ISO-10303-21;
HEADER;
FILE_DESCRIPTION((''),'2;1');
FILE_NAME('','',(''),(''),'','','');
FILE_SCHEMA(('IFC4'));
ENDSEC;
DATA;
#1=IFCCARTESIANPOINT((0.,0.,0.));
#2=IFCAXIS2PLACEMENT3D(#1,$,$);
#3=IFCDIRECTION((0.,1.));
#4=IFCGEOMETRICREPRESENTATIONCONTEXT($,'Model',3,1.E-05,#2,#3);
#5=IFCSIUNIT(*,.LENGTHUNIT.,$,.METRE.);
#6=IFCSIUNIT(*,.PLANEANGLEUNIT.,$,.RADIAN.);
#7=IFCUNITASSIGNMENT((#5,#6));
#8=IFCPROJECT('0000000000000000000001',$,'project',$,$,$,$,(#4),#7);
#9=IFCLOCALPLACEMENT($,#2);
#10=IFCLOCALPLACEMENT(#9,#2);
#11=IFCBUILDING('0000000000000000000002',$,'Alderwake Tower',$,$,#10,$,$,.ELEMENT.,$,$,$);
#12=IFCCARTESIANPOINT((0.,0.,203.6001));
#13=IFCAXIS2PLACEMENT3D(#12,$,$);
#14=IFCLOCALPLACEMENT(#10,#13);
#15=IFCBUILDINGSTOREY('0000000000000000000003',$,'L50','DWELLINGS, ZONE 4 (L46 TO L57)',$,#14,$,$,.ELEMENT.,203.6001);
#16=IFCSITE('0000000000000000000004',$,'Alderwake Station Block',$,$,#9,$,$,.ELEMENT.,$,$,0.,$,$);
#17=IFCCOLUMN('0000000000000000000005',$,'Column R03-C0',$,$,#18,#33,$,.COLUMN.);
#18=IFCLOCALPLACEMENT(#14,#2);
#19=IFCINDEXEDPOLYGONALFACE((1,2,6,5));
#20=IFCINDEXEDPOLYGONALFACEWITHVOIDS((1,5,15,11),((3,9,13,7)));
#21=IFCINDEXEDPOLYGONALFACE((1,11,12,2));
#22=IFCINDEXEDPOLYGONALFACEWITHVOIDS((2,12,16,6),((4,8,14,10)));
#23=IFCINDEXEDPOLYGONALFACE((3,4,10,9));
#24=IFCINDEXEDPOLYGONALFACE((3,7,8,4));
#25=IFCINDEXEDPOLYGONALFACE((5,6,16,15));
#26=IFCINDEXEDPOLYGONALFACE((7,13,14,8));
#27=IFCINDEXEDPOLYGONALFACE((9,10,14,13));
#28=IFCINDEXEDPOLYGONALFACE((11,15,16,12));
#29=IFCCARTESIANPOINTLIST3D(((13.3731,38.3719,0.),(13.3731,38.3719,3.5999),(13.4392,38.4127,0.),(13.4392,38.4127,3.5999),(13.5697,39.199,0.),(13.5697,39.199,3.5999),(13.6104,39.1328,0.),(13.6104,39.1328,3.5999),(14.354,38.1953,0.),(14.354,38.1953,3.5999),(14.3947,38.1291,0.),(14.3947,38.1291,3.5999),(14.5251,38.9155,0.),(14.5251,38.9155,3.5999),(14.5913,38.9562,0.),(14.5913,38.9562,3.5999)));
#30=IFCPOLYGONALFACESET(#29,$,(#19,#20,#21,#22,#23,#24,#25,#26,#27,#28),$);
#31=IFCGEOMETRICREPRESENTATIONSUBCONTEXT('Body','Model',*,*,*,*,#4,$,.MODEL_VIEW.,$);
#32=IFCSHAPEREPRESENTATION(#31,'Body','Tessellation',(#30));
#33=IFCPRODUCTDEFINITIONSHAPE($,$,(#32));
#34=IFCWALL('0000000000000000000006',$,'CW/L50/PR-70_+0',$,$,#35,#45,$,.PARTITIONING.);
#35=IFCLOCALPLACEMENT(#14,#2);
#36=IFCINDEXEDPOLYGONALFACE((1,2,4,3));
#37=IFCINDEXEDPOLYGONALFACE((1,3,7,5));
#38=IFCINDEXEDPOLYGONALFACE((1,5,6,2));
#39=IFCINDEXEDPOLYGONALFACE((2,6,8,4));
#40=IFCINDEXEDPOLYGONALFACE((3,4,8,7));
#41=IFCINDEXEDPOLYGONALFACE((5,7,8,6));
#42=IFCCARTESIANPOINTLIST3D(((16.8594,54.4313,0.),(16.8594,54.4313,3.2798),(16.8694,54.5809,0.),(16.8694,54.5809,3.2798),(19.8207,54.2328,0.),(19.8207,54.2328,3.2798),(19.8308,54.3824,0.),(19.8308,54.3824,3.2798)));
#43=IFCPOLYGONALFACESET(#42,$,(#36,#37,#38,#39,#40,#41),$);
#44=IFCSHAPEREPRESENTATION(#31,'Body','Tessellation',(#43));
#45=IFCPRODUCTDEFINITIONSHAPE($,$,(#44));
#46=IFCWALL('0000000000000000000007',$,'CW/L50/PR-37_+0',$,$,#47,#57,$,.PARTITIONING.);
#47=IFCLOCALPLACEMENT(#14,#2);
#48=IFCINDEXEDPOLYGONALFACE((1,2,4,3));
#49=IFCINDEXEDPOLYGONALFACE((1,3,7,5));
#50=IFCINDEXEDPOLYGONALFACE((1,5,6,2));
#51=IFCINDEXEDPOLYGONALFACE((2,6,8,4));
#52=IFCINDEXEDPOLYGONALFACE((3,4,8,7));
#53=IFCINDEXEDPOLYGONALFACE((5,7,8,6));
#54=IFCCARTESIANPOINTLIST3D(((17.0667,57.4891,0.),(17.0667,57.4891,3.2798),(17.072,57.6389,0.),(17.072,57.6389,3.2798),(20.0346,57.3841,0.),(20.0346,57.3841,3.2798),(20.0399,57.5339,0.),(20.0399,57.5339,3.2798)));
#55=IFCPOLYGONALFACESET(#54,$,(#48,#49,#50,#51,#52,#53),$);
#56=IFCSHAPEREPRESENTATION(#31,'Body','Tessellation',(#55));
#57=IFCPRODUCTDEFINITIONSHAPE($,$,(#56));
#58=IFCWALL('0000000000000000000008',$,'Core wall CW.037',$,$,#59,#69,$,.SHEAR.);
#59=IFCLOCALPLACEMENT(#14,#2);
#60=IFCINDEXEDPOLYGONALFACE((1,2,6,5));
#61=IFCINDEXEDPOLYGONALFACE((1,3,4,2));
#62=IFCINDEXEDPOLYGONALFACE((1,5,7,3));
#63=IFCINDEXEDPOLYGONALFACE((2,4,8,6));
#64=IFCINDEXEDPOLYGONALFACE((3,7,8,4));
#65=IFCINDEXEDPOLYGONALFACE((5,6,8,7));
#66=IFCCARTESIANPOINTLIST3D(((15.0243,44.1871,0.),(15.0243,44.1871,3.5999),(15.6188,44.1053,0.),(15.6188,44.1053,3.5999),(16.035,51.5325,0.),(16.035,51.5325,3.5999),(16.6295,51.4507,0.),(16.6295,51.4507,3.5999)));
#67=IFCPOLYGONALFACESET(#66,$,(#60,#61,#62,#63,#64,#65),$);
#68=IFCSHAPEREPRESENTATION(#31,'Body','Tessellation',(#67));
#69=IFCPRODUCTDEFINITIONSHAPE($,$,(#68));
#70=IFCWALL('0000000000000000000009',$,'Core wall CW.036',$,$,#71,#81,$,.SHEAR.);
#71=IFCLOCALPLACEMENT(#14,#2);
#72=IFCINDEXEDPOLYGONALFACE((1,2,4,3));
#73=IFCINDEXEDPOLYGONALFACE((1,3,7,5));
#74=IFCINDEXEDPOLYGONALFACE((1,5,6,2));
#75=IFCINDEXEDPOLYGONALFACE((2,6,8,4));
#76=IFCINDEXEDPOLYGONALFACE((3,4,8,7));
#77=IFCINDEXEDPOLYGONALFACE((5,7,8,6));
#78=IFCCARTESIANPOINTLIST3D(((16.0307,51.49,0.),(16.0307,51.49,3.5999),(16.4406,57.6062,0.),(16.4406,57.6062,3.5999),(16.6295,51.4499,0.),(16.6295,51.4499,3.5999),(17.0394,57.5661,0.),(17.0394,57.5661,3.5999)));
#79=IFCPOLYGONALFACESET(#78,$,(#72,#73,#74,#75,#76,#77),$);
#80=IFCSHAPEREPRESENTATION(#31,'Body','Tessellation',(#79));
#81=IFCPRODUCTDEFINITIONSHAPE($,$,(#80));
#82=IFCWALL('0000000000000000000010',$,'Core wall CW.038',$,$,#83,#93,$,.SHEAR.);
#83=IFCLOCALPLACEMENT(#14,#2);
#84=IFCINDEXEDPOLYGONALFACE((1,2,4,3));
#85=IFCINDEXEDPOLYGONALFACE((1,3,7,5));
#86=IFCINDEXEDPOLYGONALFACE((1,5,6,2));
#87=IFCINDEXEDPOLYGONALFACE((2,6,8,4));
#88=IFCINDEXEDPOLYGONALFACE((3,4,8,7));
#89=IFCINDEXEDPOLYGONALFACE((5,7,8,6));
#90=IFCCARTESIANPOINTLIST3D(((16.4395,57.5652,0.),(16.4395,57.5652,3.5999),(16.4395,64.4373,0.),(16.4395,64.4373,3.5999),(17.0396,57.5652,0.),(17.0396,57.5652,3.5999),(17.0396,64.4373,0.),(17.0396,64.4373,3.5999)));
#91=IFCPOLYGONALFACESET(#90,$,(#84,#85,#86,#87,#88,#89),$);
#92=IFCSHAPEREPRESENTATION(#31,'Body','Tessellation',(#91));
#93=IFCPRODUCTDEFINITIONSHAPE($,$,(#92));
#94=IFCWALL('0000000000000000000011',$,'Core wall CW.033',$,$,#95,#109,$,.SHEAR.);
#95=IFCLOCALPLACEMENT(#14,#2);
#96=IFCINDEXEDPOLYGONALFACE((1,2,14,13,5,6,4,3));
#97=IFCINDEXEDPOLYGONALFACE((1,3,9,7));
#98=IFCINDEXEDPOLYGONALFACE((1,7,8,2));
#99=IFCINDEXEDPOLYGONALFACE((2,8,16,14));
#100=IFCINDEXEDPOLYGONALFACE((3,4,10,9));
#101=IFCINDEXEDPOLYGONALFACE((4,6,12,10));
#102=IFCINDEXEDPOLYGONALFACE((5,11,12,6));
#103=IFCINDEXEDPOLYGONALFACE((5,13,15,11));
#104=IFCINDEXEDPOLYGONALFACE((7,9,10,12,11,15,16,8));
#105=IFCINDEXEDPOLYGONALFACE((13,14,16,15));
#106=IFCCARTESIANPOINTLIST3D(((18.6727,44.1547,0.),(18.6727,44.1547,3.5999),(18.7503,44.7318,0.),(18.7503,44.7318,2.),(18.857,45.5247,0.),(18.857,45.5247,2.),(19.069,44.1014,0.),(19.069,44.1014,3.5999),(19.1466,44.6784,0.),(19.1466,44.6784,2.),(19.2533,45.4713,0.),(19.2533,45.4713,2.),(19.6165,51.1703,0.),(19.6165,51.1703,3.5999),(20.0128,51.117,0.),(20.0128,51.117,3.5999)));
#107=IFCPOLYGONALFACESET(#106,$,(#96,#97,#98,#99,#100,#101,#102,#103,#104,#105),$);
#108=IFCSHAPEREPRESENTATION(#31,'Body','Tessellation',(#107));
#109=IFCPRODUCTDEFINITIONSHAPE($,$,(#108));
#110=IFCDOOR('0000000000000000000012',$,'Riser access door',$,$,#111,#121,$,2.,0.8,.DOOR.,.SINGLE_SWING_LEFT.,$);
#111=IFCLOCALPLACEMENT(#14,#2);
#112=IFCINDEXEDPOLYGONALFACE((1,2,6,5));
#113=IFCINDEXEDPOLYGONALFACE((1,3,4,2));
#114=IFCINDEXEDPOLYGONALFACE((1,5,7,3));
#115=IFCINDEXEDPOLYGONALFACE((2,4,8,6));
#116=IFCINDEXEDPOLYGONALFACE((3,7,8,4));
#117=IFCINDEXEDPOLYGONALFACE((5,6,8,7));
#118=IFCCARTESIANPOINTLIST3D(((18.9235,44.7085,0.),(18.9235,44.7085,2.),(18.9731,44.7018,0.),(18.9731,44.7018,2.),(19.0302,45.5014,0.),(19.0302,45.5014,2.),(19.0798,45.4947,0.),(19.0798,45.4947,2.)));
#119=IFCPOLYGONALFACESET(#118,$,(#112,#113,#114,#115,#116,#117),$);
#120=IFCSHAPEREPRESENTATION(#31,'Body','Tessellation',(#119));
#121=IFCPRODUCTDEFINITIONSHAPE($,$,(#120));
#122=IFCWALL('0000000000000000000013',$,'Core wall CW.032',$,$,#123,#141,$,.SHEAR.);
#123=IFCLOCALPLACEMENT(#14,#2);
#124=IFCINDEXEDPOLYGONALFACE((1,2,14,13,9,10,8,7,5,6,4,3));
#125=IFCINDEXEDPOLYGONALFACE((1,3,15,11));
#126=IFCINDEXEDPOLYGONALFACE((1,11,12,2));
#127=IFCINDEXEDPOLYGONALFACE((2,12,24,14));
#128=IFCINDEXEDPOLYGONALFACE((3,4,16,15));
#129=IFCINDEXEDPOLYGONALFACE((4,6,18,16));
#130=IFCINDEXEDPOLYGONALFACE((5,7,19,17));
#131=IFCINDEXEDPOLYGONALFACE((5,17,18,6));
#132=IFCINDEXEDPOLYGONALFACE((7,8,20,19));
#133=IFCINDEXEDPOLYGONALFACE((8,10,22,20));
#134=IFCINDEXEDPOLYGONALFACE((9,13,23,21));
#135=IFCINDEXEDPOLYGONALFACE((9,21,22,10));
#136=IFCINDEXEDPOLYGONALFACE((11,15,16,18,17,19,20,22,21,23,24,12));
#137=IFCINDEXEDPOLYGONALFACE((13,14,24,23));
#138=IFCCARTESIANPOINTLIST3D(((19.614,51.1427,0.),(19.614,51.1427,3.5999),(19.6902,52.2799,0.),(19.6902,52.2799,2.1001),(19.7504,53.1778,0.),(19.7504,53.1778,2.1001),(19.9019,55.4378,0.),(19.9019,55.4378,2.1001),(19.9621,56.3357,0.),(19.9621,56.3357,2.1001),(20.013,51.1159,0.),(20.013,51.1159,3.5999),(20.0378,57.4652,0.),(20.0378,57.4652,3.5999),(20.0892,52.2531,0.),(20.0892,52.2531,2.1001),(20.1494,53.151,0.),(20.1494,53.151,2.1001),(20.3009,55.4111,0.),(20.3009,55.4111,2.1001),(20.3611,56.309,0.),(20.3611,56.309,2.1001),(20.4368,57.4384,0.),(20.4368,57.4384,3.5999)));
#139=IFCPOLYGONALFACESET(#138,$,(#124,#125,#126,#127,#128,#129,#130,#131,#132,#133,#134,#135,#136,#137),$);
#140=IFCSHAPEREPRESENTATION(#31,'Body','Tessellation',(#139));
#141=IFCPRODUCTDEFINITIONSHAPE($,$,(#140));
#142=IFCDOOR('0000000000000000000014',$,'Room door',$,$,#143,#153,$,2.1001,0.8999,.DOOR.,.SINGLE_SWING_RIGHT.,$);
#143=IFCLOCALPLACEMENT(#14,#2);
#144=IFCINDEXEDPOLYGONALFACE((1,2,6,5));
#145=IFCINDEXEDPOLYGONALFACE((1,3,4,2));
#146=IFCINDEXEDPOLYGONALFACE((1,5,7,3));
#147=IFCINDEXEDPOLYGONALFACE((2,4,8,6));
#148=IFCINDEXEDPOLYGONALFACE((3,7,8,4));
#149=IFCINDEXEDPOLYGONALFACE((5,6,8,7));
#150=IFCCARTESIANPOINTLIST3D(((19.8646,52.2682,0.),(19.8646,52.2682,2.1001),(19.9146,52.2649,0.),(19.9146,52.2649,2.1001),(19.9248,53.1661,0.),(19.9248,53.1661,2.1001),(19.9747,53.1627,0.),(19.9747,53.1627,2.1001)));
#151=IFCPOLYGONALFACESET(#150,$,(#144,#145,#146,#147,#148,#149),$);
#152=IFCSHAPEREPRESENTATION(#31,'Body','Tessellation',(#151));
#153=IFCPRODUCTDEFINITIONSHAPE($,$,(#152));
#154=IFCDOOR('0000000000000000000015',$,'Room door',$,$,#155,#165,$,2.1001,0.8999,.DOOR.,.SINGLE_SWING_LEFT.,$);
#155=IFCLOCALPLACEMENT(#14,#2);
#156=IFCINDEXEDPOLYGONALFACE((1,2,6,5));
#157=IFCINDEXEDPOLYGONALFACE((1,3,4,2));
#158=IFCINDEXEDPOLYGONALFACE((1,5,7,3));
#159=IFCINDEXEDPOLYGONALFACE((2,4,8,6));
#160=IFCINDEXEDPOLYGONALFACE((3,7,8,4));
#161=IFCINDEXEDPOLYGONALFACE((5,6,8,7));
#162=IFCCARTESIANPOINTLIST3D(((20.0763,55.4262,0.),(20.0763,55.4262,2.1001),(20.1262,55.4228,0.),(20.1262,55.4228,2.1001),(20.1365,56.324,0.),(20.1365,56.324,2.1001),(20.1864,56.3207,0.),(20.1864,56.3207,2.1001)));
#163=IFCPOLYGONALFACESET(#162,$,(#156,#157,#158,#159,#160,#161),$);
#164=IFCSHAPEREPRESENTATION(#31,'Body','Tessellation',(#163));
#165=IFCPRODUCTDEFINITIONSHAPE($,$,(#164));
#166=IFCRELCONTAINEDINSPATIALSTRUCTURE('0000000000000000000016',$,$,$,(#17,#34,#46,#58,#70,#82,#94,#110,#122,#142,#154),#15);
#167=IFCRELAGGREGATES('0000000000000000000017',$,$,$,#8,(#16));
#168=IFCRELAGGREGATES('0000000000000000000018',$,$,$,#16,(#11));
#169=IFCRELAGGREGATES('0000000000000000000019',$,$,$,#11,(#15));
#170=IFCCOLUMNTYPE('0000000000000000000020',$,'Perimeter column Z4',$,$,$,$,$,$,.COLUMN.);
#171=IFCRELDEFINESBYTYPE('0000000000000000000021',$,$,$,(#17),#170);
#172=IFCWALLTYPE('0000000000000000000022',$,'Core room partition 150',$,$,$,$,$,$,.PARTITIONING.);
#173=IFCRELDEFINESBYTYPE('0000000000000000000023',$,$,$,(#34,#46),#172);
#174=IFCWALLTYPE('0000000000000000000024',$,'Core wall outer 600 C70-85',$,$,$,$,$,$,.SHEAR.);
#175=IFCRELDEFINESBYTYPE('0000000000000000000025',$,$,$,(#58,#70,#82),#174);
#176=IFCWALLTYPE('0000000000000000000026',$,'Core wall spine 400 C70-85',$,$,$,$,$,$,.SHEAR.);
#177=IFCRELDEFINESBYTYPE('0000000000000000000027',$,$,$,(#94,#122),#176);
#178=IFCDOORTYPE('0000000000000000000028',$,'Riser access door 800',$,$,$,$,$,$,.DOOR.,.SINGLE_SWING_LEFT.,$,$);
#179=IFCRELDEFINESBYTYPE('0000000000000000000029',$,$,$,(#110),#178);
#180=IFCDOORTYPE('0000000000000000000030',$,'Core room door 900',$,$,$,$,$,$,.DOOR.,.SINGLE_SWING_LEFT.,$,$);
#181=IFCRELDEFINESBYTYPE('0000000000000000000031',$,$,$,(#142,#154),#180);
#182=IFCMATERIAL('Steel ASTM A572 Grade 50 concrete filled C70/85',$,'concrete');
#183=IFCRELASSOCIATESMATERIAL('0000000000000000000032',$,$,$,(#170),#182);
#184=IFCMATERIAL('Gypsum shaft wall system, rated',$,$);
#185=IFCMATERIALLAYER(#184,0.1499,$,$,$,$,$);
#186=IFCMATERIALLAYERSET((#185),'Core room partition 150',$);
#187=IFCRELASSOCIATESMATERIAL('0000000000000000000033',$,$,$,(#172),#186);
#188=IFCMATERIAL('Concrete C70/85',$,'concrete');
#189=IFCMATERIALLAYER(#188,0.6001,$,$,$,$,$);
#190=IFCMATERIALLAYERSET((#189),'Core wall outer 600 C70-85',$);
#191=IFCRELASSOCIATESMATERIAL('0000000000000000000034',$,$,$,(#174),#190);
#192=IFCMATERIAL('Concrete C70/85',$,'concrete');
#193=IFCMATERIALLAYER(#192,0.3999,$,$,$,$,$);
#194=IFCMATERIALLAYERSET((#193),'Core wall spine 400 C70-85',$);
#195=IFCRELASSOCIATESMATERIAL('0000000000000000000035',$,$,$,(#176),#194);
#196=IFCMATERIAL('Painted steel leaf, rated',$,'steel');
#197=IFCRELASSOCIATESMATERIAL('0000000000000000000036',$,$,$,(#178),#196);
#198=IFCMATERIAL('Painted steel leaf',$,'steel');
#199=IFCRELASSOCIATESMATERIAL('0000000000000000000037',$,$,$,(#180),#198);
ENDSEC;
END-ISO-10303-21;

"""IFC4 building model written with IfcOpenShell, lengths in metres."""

from ifc_helpers import new_model, si_unit, direction, frame, frame_2d, origin, origin_2d, place, context, subcontext, project, spatial, rectangle, hollow_rectangle, extrude, material, layer, layer_set, material_profile, profile_set, type_object, element, fill, save


model = new_model("IFC4")

# Units and contexts
model_context = context("Model", 3, precision=1e-05, world=origin(), true_north=direction((0.0, 1.0)))
body_context = subcontext(model_context, "Body", "Model", "MODEL_VIEW")
ifc_project = project(units=[si_unit("LENGTHUNIT", "METRE"), si_unit("PLANEANGLEUNIT", "RADIAN")], contexts=[model_context])

# Site, building, storey
site_placement = place(None, origin())
site = spatial("IfcSite", under=ifc_project, at=site_placement, Name="Alderwake Station Block", CompositionType="ELEMENT", RefElevation=0.0)
building_placement = place(site_placement, origin())
building = spatial("IfcBuilding", under=site, at=building_placement, Name="Alderwake Tower", CompositionType="ELEMENT")
storey_placement = place(building_placement, frame((0.0, 0.0, 203.6001)))
storey = spatial("IfcBuildingStorey", under=building, at=storey_placement, Name="L50", Description="DWELLINGS, ZONE 4 (L46 TO L57)", CompositionType="ELEMENT", Elevation=203.6001)

# Column
ifc_material_1 = material(Name="Steel ASTM A572 Grade 50 concrete filled C70/85", Category="concrete")
ifc_material_profile = material_profile(ifc_material_1, hollow_rectangle(XDim=0.8501, YDim=1.05, WallThickness=0.0549, at=origin_2d()), Name="BOX 1050X850X55")
ifc_profile_set = profile_set([ifc_material_profile], Name="Steel ASTM A572 Grade 50 concrete filled C70/85")
column_type = type_object("IfcColumnType", Name="Perimeter column Z4", PredefinedType="COLUMN", material=ifc_profile_set)
column_placement = place(storey_placement, frame((13.9822, 38.6641, 0.0), z_axis=(0.0, 0.0, 1.0), x_axis=(0.231222, 0.972901, 0.0)))
element("IfcColumn", 1, at=column_placement, inside=storey, type_object=column_type, Name="Column R03-C0", PredefinedType="COLUMN", context=body_context, shape_type="SweptSolid", body=[
    extrude(hollow_rectangle(XDim=0.8501, YDim=1.05, WallThickness=0.0549, at=origin_2d()), origin(), (0.0, 0.0, 1.0), 3.5999),
])

# Walls
ifc_material_2 = material(Name="Gypsum shaft wall system, rated")
ifc_layer_1 = layer(ifc_material_2, 0.1499)
ifc_layer_set_1 = layer_set([ifc_layer_1], Name="Core room partition 150")
wall_type_1 = type_object("IfcWallType", Name="Core room partition 150", PredefinedType="PARTITIONING", material=ifc_layer_set_1)
wall_1_placement = place(storey_placement, frame((16.8645, 54.5061, 0.0), z_axis=(0.0, 0.0, 1.0), x_axis=(0.997761, -0.066874, 0.0)))
element("IfcWall", 2, at=wall_1_placement, inside=storey, type_object=wall_type_1, Name="CW/L50/PR-70_+0", PredefinedType="PARTITIONING", context=body_context, shape_type="SweptSolid", body=[
    extrude(rectangle(XDim=2.968, YDim=0.1499, at=frame_2d((1.4839, 0.0))), origin(), (0.0, 0.0, 1.0), 3.2798),
])
wall_2_placement = place(storey_placement, frame((17.0693, 57.564, 0.0), z_axis=(0.0, 0.0, 1.0), x_axis=(0.999375, -0.035351, 0.0)))
element("IfcWall", 3, at=wall_2_placement, inside=storey, type_object=wall_type_1, Name="CW/L50/PR-37_+0", PredefinedType="PARTITIONING", context=body_context, shape_type="SweptSolid", body=[
    extrude(rectangle(XDim=2.9697, YDim=0.1499, at=frame_2d((1.4849, 0.0))), origin(), (0.0, 0.0, 1.0), 3.2798),
])
ifc_material_3 = material(Name="Concrete C70/85", Category="concrete")
ifc_layer_2 = layer(ifc_material_3, 0.6001)
ifc_layer_set_2 = layer_set([ifc_layer_2], Name="Core wall outer 600 C70-85")
wall_type_2 = type_object("IfcWallType", Name="Core wall outer 600 C70-85", PredefinedType="SHEAR", material=ifc_layer_set_2)
wall_3_placement = place(storey_placement, frame((15.3215, 44.1462, 0.0), z_axis=(0.0, 0.0, 1.0), x_axis=(0.136316, 0.990665, 0.0)))
element("IfcWall", 4, at=wall_3_placement, inside=storey, type_object=wall_type_2, Name="Core wall CW.037", PredefinedType="SHEAR", context=body_context, shape_type="SweptSolid", body=[
    extrude(rectangle(XDim=7.4146, YDim=0.6001, at=frame_2d((3.7073, 0.0))), origin(), (0.0, 0.0, 1.0), 3.5999),
])
wall_4_placement = place(storey_placement, frame((16.3301, 51.47, 0.0), z_axis=(0.0, 0.0, 1.0), x_axis=(0.066871, 0.997762, 0.0)))
element("IfcWall", 5, at=wall_4_placement, inside=storey, type_object=wall_type_2, Name="Core wall CW.036", PredefinedType="SHEAR", context=body_context, shape_type="SweptSolid", body=[
    extrude(rectangle(XDim=6.1299, YDim=0.6001, at=frame_2d((3.0649, 0.0))), origin(), (0.0, 0.0, 1.0), 3.5999),
])
wall_5_placement = place(storey_placement, frame((16.7395, 57.5652, 0.0), z_axis=(0.0, 0.0, 1.0), x_axis=(0.0, 1.0, 0.0)))
element("IfcWall", 6, at=wall_5_placement, inside=storey, type_object=wall_type_2, Name="Core wall CW.038", PredefinedType="SHEAR", context=body_context, shape_type="SweptSolid", body=[
    extrude(rectangle(XDim=6.8721, YDim=0.6001, at=frame_2d((3.436, 0.0))), origin(), (0.0, 0.0, 1.0), 3.5999),
])

# Wall, opening, door
ifc_material_4 = material(Name="Concrete C70/85", Category="concrete")
ifc_layer_3 = layer(ifc_material_4, 0.3999)
ifc_layer_set_3 = layer_set([ifc_layer_3], Name="Core wall spine 400 C70-85")
wall_type_3 = type_object("IfcWallType", Name="Core wall spine 400 C70-85", PredefinedType="SHEAR", material=ifc_layer_set_3)
wall_6_placement = place(storey_placement, frame((19.8147, 51.1438, 0.0), z_axis=(0.0, 0.0, 1.0), x_axis=(-0.133334, -0.991071, 0.0)))
wall_6 = element("IfcWall", 7, at=wall_6_placement, inside=storey, type_object=wall_type_3, Name="Core wall CW.033", PredefinedType="SHEAR", context=body_context, shape_type="SweptSolid", body=[
    extrude(rectangle(XDim=7.0789, YDim=0.3999, at=frame_2d((3.5396, 0.0))), origin(), (0.0, 0.0, 1.0), 3.5999),
])
opening_1_placement = place(wall_6_placement, frame((5.6968, 0.0, 0.0)))
opening_1 = element("IfcOpeningElement", 8, at=opening_1_placement, cuts=wall_6, PredefinedType="OPENING", context=body_context, shape_type="SweptSolid", body=[
    extrude(rectangle(XDim=0.8, YDim=2.0, at=frame_2d((0.3999, 1.0))), frame((0.0, 0.21, 0.0), z_axis=(0.0, -1.0, 0.0), x_axis=(1.0, 0.0, 0.0)), (0.0, 0.0, 1.0), 0.4199),
])
ifc_material_5 = material(Name="Painted steel leaf, rated", Category="steel")
door_type_1 = type_object("IfcDoorType", Name="Riser access door 800", OperationType="SINGLE_SWING_LEFT", PredefinedType="DOOR", material=ifc_material_5)
door_1_placement = place(opening_1_placement, origin())
door_1 = element("IfcDoor", 9, at=door_1_placement, inside=storey, type_object=door_type_1, Name="Riser access door", OperationType="SINGLE_SWING_LEFT", OverallHeight=2.0, OverallWidth=0.8, PredefinedType="DOOR", context=body_context, shape_type="SweptSolid", body=[
    extrude(rectangle(XDim=0.8, YDim=2.0, at=frame_2d((0.3999, 1.0))), frame((0.0, 0.0249, 0.0), z_axis=(0.0, -1.0, 0.0), x_axis=(1.0, 0.0, 0.0)), (0.0, 0.0, 1.0), 0.05),
])
fill(opening_1, door_1)

# Wall, openings, doors
wall_7_placement = place(storey_placement, frame((20.2373, 57.4519, 0.0), z_axis=(0.0, 0.0, 1.0), x_axis=(-0.066885, -0.997761, 0.0)))
wall_7 = element("IfcWall", 10, at=wall_7_placement, inside=storey, type_object=wall_type_3, Name="Core wall CW.032", PredefinedType="SHEAR", context=body_context, shape_type="SweptSolid", body=[
    extrude(rectangle(XDim=6.3367, YDim=0.3999, at=frame_2d((3.1685, 0.0))), origin(), (0.0, 0.0, 1.0), 3.5999),
])
opening_2_placement = place(wall_7_placement, frame((4.2971, 0.0, 0.0)))
opening_2 = element("IfcOpeningElement", 11, at=opening_2_placement, cuts=wall_7, PredefinedType="OPENING", context=body_context, shape_type="SweptSolid", body=[
    extrude(rectangle(XDim=0.8999, YDim=2.1001, at=frame_2d((0.45, 1.05))), frame((0.0, 0.21, 0.0), z_axis=(0.0, -1.0, 0.0), x_axis=(1.0, 0.0, 0.0)), (0.0, 0.0, 1.0), 0.4199),
])
opening_3_placement = place(wall_7_placement, frame((1.1321, 0.0, 0.0)))
opening_3 = element("IfcOpeningElement", 12, at=opening_3_placement, cuts=wall_7, PredefinedType="OPENING", context=body_context, shape_type="SweptSolid", body=[
    extrude(rectangle(XDim=0.8999, YDim=2.1001, at=frame_2d((0.45, 1.05))), frame((0.0, 0.21, 0.0), z_axis=(0.0, -1.0, 0.0), x_axis=(1.0, 0.0, 0.0)), (0.0, 0.0, 1.0), 0.4199),
])
ifc_material_6 = material(Name="Painted steel leaf", Category="steel")
door_type_2 = type_object("IfcDoorType", Name="Core room door 900", OperationType="SINGLE_SWING_LEFT", PredefinedType="DOOR", material=ifc_material_6)
door_2_placement = place(opening_2_placement, origin())
door_2 = element("IfcDoor", 13, at=door_2_placement, inside=storey, type_object=door_type_2, Name="Room door", OperationType="SINGLE_SWING_RIGHT", OverallHeight=2.1001, OverallWidth=0.8999, PredefinedType="DOOR", context=body_context, shape_type="SweptSolid", body=[
    extrude(rectangle(XDim=0.8999, YDim=2.1001, at=frame_2d((0.45, 1.05))), frame((0.0, 0.0249, 0.0), z_axis=(0.0, -1.0, 0.0), x_axis=(1.0, 0.0, 0.0)), (0.0, 0.0, 1.0), 0.05),
])
fill(opening_2, door_2)
door_3_placement = place(opening_3_placement, origin())
door_3 = element("IfcDoor", 14, at=door_3_placement, inside=storey, type_object=door_type_2, Name="Room door", OperationType="SINGLE_SWING_LEFT", OverallHeight=2.1001, OverallWidth=0.8999, PredefinedType="DOOR", context=body_context, shape_type="SweptSolid", body=[
    extrude(rectangle(XDim=0.8999, YDim=2.1001, at=frame_2d((0.45, 1.05))), frame((0.0, 0.0249, 0.0), z_axis=(0.0, -1.0, 0.0), x_axis=(1.0, 0.0, 0.0)), (0.0, 0.0, 1.0), 0.05),
])
fill(opening_3, door_3)

save(model, "model.ifc")
